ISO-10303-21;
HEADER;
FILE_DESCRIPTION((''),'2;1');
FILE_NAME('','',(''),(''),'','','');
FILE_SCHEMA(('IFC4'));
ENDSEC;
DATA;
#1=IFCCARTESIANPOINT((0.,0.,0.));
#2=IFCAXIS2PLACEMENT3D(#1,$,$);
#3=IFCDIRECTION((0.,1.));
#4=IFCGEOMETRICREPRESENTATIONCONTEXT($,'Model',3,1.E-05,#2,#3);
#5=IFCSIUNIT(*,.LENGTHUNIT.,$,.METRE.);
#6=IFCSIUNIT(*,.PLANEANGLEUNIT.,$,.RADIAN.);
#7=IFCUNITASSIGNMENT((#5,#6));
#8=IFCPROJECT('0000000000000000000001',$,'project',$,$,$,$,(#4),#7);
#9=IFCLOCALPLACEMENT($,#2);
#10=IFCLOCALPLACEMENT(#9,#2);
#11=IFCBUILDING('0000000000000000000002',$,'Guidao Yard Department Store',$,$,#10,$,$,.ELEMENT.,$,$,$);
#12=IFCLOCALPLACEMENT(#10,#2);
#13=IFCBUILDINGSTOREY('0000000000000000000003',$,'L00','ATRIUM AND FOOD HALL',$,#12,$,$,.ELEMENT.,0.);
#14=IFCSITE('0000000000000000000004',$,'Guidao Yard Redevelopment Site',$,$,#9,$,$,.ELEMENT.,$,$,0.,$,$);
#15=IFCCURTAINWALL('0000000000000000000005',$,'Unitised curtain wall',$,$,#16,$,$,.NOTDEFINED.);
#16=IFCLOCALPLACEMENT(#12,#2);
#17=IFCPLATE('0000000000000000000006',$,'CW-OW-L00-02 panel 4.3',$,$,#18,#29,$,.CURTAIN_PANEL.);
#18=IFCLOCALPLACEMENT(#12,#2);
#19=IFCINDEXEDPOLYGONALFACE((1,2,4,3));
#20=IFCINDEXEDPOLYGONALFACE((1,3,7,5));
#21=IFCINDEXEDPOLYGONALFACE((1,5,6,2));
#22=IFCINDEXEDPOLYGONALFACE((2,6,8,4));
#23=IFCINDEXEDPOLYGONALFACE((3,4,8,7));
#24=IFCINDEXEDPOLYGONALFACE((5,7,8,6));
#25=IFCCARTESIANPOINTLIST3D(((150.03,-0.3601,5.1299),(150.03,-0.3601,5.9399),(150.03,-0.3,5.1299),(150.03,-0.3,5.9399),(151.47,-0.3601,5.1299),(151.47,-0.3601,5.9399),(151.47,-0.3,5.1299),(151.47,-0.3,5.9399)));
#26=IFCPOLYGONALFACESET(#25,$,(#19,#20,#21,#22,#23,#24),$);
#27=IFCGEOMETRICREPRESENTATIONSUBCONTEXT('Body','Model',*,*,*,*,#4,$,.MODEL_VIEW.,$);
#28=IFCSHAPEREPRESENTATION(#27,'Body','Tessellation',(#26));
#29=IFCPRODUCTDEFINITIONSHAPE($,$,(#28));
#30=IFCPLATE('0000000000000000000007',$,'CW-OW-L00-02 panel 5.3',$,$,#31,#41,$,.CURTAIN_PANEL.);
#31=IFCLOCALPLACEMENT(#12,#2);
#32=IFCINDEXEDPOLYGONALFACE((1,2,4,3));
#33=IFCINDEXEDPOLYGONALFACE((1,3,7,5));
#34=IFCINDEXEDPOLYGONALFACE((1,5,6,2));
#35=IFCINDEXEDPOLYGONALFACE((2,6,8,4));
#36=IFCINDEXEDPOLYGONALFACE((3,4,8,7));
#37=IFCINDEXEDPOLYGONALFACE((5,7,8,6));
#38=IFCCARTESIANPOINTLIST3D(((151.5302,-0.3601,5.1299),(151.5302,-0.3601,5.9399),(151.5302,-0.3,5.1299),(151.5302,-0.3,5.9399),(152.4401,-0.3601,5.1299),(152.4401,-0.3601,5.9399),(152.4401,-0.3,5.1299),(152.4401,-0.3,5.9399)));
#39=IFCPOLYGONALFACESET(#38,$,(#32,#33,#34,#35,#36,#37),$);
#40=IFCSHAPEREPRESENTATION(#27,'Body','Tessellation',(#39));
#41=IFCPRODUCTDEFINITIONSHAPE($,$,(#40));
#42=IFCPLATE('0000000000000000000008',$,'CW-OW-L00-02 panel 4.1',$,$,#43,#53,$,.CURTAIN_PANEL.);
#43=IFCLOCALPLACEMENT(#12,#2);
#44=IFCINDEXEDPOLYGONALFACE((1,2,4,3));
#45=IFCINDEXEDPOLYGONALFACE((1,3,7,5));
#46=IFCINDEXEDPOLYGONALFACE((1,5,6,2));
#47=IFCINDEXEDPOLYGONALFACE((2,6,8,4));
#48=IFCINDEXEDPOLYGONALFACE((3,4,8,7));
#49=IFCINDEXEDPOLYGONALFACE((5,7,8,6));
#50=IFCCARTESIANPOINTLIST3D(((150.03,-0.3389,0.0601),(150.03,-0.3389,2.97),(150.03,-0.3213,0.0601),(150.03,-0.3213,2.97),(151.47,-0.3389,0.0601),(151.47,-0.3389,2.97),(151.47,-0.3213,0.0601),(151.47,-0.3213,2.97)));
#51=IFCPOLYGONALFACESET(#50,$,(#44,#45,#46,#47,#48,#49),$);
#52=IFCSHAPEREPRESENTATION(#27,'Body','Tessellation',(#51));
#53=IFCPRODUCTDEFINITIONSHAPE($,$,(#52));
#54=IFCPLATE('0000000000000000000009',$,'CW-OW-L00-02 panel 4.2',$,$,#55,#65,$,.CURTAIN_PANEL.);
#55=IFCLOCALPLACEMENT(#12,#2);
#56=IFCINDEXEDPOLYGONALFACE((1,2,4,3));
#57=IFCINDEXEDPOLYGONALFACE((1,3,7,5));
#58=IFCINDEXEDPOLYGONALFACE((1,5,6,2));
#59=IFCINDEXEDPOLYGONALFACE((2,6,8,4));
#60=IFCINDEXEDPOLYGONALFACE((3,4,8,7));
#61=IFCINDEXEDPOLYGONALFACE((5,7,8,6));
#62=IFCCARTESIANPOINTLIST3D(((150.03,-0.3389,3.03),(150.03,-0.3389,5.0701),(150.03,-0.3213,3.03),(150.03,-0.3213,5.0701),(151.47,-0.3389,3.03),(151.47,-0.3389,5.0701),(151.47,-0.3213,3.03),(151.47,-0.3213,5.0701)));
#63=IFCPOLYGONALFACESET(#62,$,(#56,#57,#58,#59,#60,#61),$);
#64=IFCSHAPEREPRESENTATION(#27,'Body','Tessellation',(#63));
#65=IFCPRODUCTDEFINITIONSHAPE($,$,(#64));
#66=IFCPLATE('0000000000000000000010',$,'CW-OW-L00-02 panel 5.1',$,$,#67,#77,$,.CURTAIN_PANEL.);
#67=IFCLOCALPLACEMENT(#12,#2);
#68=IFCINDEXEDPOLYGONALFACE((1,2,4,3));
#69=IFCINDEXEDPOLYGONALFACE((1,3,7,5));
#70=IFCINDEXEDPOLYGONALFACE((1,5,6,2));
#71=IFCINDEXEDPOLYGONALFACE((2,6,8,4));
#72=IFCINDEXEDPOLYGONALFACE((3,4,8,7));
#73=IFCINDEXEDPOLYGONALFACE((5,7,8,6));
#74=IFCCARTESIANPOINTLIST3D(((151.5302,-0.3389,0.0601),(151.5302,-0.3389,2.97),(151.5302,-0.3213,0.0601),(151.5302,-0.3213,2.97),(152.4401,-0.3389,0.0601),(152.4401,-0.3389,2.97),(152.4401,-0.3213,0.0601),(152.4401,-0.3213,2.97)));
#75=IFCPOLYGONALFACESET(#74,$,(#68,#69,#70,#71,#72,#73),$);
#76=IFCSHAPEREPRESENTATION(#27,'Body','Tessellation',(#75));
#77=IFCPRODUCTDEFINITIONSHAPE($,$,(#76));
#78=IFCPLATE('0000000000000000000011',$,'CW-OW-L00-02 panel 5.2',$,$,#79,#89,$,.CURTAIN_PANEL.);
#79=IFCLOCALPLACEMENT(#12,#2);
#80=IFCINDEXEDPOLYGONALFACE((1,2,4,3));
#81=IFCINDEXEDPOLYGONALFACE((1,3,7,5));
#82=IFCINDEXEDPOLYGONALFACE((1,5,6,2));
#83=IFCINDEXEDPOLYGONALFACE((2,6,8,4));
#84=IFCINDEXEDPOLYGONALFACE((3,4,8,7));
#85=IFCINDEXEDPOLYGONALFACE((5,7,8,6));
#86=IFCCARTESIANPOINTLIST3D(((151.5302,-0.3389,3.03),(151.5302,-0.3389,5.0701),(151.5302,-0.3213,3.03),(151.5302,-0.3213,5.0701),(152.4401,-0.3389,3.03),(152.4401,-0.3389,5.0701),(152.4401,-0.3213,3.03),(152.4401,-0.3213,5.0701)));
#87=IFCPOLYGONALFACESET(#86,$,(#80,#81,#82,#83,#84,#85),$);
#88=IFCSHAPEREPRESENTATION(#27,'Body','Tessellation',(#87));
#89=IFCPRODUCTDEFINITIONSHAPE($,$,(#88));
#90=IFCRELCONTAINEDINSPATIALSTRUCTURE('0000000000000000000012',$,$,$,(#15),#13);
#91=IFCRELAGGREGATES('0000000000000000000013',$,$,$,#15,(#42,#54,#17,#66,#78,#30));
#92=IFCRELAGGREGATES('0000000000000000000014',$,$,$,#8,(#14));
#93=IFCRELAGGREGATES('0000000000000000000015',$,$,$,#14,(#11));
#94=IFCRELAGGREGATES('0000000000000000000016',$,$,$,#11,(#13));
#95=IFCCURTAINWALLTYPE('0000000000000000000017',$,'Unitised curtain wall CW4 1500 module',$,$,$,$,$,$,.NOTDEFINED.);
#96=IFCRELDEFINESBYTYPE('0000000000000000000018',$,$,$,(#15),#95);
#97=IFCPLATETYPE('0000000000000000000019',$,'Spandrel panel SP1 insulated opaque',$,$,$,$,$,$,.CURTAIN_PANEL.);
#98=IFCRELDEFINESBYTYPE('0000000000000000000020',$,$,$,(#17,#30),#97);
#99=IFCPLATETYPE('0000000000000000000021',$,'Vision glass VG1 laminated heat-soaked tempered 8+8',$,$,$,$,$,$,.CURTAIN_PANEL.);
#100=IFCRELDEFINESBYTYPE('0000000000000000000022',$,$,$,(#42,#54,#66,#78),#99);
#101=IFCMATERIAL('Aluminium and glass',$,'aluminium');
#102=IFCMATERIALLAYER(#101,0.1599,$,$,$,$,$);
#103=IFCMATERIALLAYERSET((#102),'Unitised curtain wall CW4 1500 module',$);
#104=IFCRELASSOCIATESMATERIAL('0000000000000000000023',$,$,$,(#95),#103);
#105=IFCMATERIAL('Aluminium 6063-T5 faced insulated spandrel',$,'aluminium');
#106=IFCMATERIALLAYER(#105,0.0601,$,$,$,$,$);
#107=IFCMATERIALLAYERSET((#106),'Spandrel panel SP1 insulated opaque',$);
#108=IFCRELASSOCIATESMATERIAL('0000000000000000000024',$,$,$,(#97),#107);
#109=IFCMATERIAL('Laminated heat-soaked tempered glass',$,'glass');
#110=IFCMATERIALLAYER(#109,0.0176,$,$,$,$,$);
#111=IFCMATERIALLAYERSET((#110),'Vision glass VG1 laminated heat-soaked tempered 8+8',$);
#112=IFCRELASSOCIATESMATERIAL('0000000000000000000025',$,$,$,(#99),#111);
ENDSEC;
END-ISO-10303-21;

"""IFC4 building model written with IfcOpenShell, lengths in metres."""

from ifc_helpers import new_model, si_unit, direction, frame, origin, origin_2d, place, context, subcontext, project, spatial, rectangle, extrude, material, layer, layer_set, type_object, element, aggregate, save


model = new_model("IFC4")

# Units and contexts
model_context = context("Model", 3, precision=1e-05, world=origin(), true_north=direction((0.0, 1.0)))
body_context = subcontext(model_context, "Body", "Model", "MODEL_VIEW")
ifc_project = project(units=[si_unit("LENGTHUNIT", "METRE"), si_unit("PLANEANGLEUNIT", "RADIAN")], contexts=[model_context])

# Site, building, storey
site_placement = place(None, origin())
site = spatial("IfcSite", under=ifc_project, at=site_placement, Name="Guidao Yard Redevelopment Site", CompositionType="ELEMENT", RefElevation=0.0)
building_placement = place(site_placement, origin())
building = spatial("IfcBuilding", under=site, at=building_placement, Name="Guidao Yard Department Store", CompositionType="ELEMENT")
storey_placement = place(building_placement, origin())
storey = spatial("IfcBuildingStorey", under=building, at=storey_placement, Name="L00", Description="ATRIUM AND FOOD HALL", CompositionType="ELEMENT", Elevation=0.0)

# Curtain wall, plates
ifc_material_1 = material(Name="Aluminium and glass", Category="aluminium")
ifc_layer_1 = layer(ifc_material_1, 0.1599)
ifc_layer_set_1 = layer_set([ifc_layer_1], Name="Unitised curtain wall CW4 1500 module")
curtain_wall_type = type_object("IfcCurtainWallType", Name="Unitised curtain wall CW4 1500 module", PredefinedType="NOTDEFINED", material=ifc_layer_set_1)
curtain_wall_placement = place(storey_placement, origin())
curtain_wall = element("IfcCurtainWall", 1, at=curtain_wall_placement, inside=storey, type_object=curtain_wall_type, Name="Unitised curtain wall", PredefinedType="NOTDEFINED")
ifc_material_2 = material(Name="Aluminium 6063-T5 faced insulated spandrel", Category="aluminium")
ifc_layer_2 = layer(ifc_material_2, 0.0601)
ifc_layer_set_2 = layer_set([ifc_layer_2], Name="Spandrel panel SP1 insulated opaque")
plate_type_1 = type_object("IfcPlateType", Name="Spandrel panel SP1 insulated opaque", PredefinedType="CURTAIN_PANEL", material=ifc_layer_set_2)
plate_1_placement = place(storey_placement, frame((150.75, -0.3301, 5.1299), z_axis=(0.0, 0.0, 1.0), x_axis=(-1.0, 0.0, 0.0)))
plate_1 = element("IfcPlate", 2, at=plate_1_placement, type_object=plate_type_1, Name="CW-OW-L00-02 panel 4.3", PredefinedType="CURTAIN_PANEL", context=body_context, shape_type="SweptSolid", body=[
    extrude(rectangle(XDim=1.4399, YDim=0.0601, at=origin_2d()), origin(), (0.0, 0.0, 1.0), 0.8101),
])
plate_2_placement = place(storey_placement, frame((151.9851, -0.3301, 5.1299), z_axis=(0.0, 0.0, 1.0), x_axis=(-1.0, 0.0, 0.0)))
plate_2 = element("IfcPlate", 3, at=plate_2_placement, type_object=plate_type_1, Name="CW-OW-L00-02 panel 5.3", PredefinedType="CURTAIN_PANEL", context=body_context, shape_type="SweptSolid", body=[
    extrude(rectangle(XDim=0.9099, YDim=0.0601, at=origin_2d()), origin(), (0.0, 0.0, 1.0), 0.8101),
])
ifc_material_3 = material(Name="Laminated heat-soaked tempered glass", Category="glass")
ifc_layer_3 = layer(ifc_material_3, 0.0176)
ifc_layer_set_3 = layer_set([ifc_layer_3], Name="Vision glass VG1 laminated heat-soaked tempered 8+8")
plate_type_2 = type_object("IfcPlateType", Name="Vision glass VG1 laminated heat-soaked tempered 8+8", PredefinedType="CURTAIN_PANEL", material=ifc_layer_set_3)
plate_3_placement = place(storey_placement, frame((150.75, -0.3301, 0.0601), z_axis=(0.0, 0.0, 1.0), x_axis=(-1.0, 0.0, 0.0)))
plate_3 = element("IfcPlate", 4, at=plate_3_placement, type_object=plate_type_2, Name="CW-OW-L00-02 panel 4.1", PredefinedType="CURTAIN_PANEL", context=body_context, shape_type="SweptSolid", body=[
    extrude(rectangle(XDim=1.4399, YDim=0.0176, at=origin_2d()), origin(), (0.0, 0.0, 1.0), 2.9099),
])
plate_4_placement = place(storey_placement, frame((150.75, -0.3301, 3.03), z_axis=(0.0, 0.0, 1.0), x_axis=(-1.0, 0.0, 0.0)))
plate_4 = element("IfcPlate", 5, at=plate_4_placement, type_object=plate_type_2, Name="CW-OW-L00-02 panel 4.2", PredefinedType="CURTAIN_PANEL", context=body_context, shape_type="SweptSolid", body=[
    extrude(rectangle(XDim=1.4399, YDim=0.0176, at=origin_2d()), origin(), (0.0, 0.0, 1.0), 2.04),
])
plate_5_placement = place(storey_placement, frame((151.9851, -0.3301, 0.0601), z_axis=(0.0, 0.0, 1.0), x_axis=(-1.0, 0.0, 0.0)))
plate_5 = element("IfcPlate", 6, at=plate_5_placement, type_object=plate_type_2, Name="CW-OW-L00-02 panel 5.1", PredefinedType="CURTAIN_PANEL", context=body_context, shape_type="SweptSolid", body=[
    extrude(rectangle(XDim=0.9099, YDim=0.0176, at=origin_2d()), origin(), (0.0, 0.0, 1.0), 2.9099),
])
plate_6_placement = place(storey_placement, frame((151.9851, -0.3301, 3.03), z_axis=(0.0, 0.0, 1.0), x_axis=(-1.0, 0.0, 0.0)))
plate_6 = element("IfcPlate", 7, at=plate_6_placement, type_object=plate_type_2, Name="CW-OW-L00-02 panel 5.2", PredefinedType="CURTAIN_PANEL", context=body_context, shape_type="SweptSolid", body=[
    extrude(rectangle(XDim=0.9099, YDim=0.0176, at=origin_2d()), origin(), (0.0, 0.0, 1.0), 2.04),
])
aggregate(curtain_wall, [plate_3, plate_4, plate_1, plate_5, plate_6, plate_2])

save(model, "model.ifc")
